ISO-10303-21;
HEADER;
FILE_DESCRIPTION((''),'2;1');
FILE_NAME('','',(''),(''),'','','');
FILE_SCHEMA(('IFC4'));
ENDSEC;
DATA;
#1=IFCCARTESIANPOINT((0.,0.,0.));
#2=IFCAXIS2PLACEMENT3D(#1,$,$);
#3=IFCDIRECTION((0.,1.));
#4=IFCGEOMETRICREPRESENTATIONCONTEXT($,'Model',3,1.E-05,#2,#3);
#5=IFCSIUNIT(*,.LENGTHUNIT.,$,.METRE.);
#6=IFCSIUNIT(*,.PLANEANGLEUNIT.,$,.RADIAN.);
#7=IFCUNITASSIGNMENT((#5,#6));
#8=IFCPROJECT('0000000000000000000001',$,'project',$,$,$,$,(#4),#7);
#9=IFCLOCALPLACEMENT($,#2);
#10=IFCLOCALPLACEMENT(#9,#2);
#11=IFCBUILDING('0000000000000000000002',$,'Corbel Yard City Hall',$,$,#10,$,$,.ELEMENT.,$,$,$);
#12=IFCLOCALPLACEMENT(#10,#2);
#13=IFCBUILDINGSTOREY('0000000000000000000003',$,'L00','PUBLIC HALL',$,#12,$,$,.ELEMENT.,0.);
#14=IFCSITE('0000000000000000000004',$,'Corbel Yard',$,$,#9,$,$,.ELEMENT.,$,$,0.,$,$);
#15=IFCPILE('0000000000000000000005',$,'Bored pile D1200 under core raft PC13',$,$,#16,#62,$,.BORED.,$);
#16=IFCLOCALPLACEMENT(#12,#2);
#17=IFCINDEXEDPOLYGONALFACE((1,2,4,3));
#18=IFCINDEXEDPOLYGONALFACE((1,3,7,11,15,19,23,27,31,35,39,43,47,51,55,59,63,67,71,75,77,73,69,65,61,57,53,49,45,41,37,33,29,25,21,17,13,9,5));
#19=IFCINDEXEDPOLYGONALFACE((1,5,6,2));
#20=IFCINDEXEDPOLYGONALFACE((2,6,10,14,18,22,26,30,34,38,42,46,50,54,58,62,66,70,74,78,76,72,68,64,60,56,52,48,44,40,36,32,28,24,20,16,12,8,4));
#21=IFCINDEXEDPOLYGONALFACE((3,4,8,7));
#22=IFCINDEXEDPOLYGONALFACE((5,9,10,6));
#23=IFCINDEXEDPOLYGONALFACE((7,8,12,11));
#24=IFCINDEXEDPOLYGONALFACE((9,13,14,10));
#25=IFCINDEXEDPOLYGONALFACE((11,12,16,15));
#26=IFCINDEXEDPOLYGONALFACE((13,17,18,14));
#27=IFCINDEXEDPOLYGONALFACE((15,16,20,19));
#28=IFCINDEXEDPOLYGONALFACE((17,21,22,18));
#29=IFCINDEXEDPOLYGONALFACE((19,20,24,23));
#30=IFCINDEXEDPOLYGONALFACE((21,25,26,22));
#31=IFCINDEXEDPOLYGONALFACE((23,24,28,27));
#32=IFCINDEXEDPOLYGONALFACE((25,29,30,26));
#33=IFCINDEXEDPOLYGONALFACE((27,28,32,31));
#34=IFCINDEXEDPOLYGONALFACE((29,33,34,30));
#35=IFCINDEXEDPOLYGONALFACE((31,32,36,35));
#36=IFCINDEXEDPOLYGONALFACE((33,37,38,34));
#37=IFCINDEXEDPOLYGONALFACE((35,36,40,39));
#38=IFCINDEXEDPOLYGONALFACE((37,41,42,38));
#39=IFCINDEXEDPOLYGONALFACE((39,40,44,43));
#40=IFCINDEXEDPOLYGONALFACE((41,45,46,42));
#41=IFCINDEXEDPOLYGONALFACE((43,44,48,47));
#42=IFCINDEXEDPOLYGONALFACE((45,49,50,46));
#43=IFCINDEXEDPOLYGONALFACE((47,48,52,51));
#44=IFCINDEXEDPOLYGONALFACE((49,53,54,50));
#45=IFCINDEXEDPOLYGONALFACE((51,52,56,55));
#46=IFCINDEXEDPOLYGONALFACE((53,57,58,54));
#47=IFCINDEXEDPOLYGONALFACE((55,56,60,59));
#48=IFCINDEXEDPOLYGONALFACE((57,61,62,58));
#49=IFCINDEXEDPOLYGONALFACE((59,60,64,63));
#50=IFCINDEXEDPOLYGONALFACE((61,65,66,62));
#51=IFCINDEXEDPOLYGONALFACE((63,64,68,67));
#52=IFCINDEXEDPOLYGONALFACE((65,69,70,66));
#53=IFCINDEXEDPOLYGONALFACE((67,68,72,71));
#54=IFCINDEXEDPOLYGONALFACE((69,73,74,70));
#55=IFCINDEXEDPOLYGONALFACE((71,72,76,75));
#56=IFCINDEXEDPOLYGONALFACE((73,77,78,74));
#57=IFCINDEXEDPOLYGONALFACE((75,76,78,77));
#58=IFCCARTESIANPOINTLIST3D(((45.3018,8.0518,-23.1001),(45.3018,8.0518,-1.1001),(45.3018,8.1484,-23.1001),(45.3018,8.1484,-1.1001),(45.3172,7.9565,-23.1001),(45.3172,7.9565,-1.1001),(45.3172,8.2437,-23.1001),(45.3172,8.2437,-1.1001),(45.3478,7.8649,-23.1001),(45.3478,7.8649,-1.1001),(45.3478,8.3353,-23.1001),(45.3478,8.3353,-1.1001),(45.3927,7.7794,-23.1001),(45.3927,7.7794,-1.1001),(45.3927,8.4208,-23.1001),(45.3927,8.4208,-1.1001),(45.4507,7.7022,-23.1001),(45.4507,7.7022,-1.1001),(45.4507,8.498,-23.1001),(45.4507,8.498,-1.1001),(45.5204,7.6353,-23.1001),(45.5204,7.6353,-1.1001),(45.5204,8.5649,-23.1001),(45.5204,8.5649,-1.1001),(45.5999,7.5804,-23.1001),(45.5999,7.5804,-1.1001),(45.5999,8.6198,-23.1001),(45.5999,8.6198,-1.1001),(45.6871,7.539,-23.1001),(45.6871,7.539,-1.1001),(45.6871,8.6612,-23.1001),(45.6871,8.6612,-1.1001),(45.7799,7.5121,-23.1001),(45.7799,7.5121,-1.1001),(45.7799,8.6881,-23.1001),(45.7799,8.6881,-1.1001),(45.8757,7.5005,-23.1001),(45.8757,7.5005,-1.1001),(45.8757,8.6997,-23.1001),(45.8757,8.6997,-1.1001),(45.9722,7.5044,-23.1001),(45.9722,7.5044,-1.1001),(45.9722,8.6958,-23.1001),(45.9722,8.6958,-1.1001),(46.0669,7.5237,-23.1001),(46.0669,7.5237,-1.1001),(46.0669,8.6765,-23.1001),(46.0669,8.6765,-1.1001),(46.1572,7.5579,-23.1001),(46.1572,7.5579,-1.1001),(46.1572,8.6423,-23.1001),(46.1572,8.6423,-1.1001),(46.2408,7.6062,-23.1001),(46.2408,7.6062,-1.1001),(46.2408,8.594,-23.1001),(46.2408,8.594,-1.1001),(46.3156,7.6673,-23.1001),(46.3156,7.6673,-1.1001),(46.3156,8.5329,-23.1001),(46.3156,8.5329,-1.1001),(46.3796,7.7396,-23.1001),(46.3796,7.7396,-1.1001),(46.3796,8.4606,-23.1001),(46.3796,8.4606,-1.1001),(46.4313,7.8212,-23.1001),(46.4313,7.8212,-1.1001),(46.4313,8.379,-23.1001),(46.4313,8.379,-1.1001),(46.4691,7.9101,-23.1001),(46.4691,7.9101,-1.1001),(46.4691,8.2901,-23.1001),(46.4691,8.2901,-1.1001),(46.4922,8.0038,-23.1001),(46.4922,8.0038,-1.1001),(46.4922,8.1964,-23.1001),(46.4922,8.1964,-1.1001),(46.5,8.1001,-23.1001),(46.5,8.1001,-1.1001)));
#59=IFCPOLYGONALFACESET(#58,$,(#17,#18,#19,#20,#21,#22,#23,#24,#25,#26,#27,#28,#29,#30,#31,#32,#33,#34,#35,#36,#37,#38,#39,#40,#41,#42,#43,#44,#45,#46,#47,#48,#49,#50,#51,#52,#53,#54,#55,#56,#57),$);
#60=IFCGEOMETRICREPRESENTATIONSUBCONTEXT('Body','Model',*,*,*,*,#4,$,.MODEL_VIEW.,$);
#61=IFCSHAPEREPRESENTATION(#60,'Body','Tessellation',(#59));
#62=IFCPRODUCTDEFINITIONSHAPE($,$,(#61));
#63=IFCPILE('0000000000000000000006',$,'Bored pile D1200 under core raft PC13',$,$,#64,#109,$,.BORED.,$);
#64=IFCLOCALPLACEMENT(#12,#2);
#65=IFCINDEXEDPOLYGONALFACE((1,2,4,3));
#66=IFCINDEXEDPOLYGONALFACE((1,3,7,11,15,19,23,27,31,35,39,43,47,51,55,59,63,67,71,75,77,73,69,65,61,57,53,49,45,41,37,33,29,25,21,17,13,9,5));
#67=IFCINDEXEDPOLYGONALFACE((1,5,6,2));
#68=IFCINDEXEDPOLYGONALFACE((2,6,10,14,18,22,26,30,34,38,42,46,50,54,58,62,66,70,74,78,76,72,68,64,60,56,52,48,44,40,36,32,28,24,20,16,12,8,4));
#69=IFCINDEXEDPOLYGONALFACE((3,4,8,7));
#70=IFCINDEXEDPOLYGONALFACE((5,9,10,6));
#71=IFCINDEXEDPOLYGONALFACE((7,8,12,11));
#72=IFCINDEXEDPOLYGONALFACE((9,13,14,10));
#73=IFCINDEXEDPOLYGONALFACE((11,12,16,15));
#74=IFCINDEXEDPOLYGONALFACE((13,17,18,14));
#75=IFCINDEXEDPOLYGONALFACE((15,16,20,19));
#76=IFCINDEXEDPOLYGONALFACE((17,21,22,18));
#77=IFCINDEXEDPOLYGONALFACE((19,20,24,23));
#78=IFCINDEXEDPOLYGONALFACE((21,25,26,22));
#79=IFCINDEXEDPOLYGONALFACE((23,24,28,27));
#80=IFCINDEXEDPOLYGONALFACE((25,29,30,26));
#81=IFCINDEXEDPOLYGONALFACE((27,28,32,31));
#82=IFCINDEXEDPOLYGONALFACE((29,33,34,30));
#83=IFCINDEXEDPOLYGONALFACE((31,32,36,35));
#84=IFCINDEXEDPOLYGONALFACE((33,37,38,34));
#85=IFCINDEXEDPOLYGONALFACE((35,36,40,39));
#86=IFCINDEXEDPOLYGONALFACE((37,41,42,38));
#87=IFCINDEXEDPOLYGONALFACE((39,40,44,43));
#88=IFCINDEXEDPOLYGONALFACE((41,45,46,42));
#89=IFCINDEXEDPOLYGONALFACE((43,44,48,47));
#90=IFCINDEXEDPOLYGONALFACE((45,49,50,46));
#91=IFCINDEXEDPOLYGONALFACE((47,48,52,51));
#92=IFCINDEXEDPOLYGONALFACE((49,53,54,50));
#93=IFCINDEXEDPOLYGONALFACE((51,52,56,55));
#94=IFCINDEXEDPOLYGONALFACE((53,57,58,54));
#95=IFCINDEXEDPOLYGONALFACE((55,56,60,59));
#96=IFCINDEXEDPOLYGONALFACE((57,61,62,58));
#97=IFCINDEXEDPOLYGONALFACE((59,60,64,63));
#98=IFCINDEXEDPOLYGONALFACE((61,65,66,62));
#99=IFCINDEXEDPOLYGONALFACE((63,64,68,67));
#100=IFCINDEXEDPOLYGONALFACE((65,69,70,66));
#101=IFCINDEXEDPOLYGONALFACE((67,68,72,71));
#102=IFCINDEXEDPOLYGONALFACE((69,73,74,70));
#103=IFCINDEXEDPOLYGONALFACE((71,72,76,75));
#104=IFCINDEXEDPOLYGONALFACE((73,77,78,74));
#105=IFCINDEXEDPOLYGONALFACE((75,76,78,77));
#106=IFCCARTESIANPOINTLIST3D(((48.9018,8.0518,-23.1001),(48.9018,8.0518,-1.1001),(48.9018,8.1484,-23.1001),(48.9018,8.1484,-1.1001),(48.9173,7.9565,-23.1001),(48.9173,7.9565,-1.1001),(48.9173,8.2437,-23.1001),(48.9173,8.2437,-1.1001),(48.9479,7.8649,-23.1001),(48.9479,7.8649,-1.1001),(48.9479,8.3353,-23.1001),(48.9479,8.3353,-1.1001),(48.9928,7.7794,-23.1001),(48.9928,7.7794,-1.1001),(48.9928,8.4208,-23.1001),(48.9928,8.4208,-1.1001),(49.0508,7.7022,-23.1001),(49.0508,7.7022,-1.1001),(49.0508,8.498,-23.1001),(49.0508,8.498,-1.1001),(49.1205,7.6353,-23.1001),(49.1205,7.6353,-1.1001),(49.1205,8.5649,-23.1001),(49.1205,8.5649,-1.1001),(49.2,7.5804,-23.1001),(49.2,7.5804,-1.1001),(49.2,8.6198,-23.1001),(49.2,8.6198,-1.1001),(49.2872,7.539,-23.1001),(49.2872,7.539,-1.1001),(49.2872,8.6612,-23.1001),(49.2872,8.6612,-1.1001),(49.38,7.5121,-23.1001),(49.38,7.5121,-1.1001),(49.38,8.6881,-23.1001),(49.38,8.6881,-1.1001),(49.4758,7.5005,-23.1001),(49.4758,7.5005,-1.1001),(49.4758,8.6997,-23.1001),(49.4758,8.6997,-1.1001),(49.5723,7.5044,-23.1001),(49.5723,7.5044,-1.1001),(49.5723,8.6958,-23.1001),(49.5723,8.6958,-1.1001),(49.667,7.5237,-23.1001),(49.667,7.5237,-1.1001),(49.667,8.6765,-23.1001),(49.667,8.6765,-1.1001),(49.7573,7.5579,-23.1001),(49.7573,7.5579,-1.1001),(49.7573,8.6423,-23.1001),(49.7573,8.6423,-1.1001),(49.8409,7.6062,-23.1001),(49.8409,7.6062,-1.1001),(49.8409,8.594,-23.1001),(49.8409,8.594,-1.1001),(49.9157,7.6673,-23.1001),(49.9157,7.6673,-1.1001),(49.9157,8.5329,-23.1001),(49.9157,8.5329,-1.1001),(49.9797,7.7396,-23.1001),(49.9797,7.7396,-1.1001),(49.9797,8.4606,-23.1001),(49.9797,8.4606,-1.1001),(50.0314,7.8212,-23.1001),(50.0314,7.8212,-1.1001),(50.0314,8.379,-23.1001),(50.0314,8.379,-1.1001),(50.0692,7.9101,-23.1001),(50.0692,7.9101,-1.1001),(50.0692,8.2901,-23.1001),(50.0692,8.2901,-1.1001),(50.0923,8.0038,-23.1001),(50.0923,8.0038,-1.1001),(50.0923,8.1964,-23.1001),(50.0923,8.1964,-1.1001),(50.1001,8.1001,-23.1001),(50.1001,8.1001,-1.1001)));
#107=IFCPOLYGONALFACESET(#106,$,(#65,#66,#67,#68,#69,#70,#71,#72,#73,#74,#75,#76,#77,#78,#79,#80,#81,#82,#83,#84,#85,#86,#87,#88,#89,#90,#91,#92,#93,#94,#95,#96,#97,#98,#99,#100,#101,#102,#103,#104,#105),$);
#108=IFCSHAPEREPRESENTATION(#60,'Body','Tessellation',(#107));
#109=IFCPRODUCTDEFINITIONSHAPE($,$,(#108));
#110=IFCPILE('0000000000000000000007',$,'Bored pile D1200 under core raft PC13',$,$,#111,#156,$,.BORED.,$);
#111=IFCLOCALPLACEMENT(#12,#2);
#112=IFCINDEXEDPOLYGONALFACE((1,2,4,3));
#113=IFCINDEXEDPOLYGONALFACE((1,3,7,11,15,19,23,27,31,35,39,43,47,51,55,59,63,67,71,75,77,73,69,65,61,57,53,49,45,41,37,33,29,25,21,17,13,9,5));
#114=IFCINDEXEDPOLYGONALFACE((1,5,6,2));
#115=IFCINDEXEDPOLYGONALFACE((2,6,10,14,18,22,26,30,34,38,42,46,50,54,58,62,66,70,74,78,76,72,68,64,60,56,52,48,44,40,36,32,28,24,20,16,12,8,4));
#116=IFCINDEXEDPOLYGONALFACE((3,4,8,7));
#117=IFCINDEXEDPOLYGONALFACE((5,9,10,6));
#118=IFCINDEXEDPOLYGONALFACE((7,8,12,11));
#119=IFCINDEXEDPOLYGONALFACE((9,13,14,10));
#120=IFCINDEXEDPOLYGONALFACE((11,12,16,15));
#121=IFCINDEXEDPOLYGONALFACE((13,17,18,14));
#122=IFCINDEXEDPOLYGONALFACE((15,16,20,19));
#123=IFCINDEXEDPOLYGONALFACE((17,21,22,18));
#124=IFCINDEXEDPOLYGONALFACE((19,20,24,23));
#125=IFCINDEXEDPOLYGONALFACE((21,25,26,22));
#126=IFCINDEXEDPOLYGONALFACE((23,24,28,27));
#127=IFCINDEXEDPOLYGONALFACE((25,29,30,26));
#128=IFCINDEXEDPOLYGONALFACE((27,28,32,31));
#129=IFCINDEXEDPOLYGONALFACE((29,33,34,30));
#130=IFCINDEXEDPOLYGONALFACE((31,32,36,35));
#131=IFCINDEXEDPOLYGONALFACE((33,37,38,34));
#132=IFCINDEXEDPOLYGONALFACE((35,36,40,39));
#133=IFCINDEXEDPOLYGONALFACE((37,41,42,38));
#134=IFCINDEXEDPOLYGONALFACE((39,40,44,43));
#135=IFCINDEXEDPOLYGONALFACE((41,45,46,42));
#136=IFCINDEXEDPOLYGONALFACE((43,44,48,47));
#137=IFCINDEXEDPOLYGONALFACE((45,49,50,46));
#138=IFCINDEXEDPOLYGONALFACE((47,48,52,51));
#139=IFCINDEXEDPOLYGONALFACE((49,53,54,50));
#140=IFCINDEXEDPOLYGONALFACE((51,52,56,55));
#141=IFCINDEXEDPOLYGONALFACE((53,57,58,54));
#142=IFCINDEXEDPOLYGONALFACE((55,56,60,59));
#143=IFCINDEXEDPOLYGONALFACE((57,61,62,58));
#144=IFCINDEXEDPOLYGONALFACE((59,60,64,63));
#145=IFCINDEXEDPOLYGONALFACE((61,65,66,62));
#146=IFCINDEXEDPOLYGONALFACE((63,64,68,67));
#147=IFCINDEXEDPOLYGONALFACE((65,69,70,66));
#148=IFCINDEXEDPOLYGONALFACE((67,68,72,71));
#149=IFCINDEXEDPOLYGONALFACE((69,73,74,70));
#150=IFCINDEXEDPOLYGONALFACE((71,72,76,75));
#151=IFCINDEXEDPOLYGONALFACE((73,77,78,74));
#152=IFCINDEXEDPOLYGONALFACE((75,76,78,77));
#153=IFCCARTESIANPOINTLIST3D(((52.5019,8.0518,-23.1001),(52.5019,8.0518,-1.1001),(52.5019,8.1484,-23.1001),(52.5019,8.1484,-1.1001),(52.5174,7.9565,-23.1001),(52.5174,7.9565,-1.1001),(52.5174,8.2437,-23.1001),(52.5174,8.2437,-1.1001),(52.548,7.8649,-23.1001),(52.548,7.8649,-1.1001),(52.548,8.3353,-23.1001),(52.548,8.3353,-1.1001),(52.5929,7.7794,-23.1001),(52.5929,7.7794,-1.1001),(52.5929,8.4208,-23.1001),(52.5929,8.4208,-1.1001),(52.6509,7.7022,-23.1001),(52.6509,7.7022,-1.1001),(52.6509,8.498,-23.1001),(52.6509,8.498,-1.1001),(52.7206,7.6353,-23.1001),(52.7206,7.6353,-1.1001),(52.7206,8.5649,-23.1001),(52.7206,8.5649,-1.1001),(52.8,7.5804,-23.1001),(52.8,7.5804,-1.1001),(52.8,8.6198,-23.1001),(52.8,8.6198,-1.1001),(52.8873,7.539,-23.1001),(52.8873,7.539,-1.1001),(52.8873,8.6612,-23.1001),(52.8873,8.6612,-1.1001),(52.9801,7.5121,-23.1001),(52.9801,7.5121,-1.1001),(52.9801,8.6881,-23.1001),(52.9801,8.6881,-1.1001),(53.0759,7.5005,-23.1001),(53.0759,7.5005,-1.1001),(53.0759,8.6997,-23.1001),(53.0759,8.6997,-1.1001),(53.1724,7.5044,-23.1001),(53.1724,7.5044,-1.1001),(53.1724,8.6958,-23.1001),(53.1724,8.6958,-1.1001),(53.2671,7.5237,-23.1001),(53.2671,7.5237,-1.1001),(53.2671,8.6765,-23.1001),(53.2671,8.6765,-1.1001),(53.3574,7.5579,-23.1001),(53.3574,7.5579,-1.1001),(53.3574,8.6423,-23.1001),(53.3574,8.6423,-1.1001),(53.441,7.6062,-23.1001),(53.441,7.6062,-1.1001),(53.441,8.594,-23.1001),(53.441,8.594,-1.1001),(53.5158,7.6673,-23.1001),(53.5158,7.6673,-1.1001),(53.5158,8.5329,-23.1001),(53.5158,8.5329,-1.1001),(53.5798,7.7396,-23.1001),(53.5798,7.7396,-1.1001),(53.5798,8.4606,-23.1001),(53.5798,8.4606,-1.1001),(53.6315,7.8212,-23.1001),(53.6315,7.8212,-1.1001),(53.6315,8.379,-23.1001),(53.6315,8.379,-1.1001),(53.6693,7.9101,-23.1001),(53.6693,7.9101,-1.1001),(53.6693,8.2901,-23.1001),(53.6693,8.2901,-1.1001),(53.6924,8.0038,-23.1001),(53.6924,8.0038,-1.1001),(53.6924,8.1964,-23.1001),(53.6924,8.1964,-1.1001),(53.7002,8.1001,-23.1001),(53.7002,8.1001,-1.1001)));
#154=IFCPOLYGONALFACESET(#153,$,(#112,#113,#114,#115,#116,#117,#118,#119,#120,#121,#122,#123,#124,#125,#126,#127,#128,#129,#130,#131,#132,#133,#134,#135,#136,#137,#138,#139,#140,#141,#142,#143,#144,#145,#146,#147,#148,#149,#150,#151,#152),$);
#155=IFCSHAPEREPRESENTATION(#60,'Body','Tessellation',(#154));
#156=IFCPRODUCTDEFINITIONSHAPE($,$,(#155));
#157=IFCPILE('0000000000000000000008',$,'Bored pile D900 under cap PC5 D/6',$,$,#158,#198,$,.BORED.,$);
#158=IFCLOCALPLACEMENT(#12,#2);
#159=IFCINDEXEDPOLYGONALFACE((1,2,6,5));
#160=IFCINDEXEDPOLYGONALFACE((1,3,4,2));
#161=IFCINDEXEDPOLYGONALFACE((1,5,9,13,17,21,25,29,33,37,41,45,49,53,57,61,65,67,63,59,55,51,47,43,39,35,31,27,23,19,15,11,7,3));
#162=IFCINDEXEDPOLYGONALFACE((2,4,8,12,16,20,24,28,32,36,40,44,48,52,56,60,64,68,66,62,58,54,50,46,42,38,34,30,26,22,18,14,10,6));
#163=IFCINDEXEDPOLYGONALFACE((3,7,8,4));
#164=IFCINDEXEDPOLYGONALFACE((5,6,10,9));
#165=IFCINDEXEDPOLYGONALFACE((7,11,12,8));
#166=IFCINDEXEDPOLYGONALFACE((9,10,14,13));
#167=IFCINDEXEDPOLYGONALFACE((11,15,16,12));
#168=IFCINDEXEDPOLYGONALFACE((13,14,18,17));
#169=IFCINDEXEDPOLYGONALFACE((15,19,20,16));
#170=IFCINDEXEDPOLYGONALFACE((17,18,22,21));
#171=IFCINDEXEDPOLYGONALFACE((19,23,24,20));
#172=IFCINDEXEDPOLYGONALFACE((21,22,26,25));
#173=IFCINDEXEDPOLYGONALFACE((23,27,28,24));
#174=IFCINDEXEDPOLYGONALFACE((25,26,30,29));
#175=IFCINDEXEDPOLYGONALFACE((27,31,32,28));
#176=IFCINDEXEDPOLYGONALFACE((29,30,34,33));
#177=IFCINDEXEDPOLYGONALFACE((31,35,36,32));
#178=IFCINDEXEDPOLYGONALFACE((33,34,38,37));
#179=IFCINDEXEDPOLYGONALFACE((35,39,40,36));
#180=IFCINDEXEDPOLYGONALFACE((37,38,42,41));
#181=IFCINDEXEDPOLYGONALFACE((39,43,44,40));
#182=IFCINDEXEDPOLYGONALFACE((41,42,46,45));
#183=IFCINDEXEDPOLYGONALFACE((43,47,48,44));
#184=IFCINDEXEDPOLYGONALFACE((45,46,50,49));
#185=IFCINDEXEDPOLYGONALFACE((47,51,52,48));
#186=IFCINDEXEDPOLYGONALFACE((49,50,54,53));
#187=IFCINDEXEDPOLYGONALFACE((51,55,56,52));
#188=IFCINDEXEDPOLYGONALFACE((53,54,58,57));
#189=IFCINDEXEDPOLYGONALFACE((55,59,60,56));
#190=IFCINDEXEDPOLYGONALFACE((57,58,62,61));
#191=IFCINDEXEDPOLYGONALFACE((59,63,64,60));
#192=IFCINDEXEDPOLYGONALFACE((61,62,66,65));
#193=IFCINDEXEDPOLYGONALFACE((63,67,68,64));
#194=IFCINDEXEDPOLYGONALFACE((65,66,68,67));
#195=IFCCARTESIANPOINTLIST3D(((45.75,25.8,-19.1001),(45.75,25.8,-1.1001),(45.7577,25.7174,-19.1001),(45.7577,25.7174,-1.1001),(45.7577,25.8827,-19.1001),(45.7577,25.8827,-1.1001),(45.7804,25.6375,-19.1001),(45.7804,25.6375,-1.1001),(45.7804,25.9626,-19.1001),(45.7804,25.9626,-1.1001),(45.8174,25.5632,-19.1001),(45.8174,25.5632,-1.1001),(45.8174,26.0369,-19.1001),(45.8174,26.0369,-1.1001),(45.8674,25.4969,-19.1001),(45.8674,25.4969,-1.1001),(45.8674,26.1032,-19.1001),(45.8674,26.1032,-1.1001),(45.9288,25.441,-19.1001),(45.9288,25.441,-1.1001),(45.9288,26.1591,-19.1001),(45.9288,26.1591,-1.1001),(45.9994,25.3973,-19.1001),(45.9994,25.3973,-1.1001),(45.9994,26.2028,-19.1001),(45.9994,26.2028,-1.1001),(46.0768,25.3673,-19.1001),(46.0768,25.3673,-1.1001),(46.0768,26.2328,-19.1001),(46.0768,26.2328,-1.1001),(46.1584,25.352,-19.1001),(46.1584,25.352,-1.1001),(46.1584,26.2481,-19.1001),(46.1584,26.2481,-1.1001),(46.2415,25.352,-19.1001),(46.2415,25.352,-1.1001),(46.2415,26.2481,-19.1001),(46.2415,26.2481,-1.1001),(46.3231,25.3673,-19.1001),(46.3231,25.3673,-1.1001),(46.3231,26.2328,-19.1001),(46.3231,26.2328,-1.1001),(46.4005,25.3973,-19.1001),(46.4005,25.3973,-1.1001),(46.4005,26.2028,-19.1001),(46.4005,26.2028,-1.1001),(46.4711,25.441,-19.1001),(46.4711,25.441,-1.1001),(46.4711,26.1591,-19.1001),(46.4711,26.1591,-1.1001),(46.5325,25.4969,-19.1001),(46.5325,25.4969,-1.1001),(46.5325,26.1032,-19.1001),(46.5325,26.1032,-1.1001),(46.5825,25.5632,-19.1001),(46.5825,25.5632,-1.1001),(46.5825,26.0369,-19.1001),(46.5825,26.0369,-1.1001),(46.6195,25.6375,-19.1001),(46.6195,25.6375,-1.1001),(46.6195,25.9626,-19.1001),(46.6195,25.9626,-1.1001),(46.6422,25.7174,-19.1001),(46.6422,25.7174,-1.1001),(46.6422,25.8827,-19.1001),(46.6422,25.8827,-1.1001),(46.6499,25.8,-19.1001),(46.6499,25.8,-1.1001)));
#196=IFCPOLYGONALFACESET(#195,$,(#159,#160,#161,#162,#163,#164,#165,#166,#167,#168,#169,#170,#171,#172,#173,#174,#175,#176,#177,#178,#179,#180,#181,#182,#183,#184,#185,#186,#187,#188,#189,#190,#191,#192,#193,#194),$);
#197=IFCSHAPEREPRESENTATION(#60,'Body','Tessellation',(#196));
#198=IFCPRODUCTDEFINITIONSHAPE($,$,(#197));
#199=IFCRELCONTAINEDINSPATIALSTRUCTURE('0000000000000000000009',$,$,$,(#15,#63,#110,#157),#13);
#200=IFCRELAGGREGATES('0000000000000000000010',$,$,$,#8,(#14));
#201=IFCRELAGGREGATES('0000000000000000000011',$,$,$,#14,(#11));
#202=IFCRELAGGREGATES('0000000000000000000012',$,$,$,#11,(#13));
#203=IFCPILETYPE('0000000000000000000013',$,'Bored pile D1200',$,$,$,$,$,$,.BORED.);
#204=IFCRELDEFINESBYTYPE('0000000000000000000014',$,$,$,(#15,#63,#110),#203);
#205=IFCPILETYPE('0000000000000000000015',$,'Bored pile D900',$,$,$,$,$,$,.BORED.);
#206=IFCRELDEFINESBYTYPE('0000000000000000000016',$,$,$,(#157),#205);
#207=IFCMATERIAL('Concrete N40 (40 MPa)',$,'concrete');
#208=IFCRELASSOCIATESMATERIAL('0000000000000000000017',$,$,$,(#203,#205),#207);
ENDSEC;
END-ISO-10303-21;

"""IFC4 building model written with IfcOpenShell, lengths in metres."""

from ifc_helpers import new_model, si_unit, direction, frame, origin, origin_2d, place, context, subcontext, project, spatial, circle, extrude, material, material_profile, profile_set, type_object, element, save


model = new_model("IFC4")

# Units and contexts
model_context = context("Model", 3, precision=1e-05, world=origin(), true_north=direction((0.0, 1.0)))
body_context = subcontext(model_context, "Body", "Model", "MODEL_VIEW")
ifc_project = project(units=[si_unit("LENGTHUNIT", "METRE"), si_unit("PLANEANGLEUNIT", "RADIAN")], contexts=[model_context])

# Site, building, storey
site_placement = place(None, origin())
site = spatial("IfcSite", under=ifc_project, at=site_placement, Name="Corbel Yard", CompositionType="ELEMENT", RefElevation=0.0)
building_placement = place(site_placement, origin())
building = spatial("IfcBuilding", under=site, at=building_placement, Name="Corbel Yard City Hall", CompositionType="ELEMENT")
storey_placement = place(building_placement, origin())
storey = spatial("IfcBuildingStorey", under=building, at=storey_placement, Name="L00", Description="PUBLIC HALL", CompositionType="ELEMENT", Elevation=0.0)

# Piles
ifc_material_1 = material(Name="Concrete N40 (40 MPa)", Category="concrete")
ifc_material_profile_1 = material_profile(ifc_material_1, circle(Radius=0.6001, at=origin_2d()), Name="D1200")
ifc_profile_set_1 = profile_set([ifc_material_profile_1], Name="Concrete N40 (40 MPa)")
pile_type_1 = type_object("IfcPileType", Name="Bored pile D1200", PredefinedType="BORED", material=ifc_profile_set_1)
for number, where, z_axis, x_axis, name in (
    (1, (45.8999, 8.1001, -1.1001), (0.0, 0.0, -1.0), (1.0, 0.0, 0.0), "Bored pile D1200 under core raft PC13"),
    (2, (49.5, 8.1001, -1.1001), (0.0, 0.0, -1.0), (1.0, 0.0, 0.0), "Bored pile D1200 under core raft PC13"),
    (3, (53.1001, 8.1001, -1.1001), (0.0, 0.0, -1.0), (1.0, 0.0, 0.0), "Bored pile D1200 under core raft PC13"),
):
    element("IfcPile", number, at=place(storey_placement, frame(where, z_axis=z_axis, x_axis=x_axis)), inside=storey, type_object=pile_type_1, Name=name, PredefinedType="BORED", context=body_context, shape_type="SweptSolid", body=[
        extrude(circle(Radius=0.6001, at=origin_2d()), origin(), (0.0, 0.0, 1.0), 22.0),
    ])
ifc_material_profile_2 = material_profile(ifc_material_1, circle(Radius=0.45, at=origin_2d()), Name="D900")
ifc_profile_set_2 = profile_set([ifc_material_profile_2], Name="Concrete N40 (40 MPa)")
pile_type_2 = type_object("IfcPileType", Name="Bored pile D900", PredefinedType="BORED", material=ifc_profile_set_2)
for number, where, z_axis, x_axis, name in (
    (4, (46.2, 25.8, -1.1001), (0.0, 0.0, -1.0), (1.0, 0.0, 0.0), "Bored pile D900 under cap PC5 D/6"),
):
    element("IfcPile", number, at=place(storey_placement, frame(where, z_axis=z_axis, x_axis=x_axis)), inside=storey, type_object=pile_type_2, Name=name, PredefinedType="BORED", context=body_context, shape_type="SweptSolid", body=[
        extrude(circle(Radius=0.45, at=origin_2d()), origin(), (0.0, 0.0, 1.0), 18.0),
    ])

save(model, "model.ifc")
